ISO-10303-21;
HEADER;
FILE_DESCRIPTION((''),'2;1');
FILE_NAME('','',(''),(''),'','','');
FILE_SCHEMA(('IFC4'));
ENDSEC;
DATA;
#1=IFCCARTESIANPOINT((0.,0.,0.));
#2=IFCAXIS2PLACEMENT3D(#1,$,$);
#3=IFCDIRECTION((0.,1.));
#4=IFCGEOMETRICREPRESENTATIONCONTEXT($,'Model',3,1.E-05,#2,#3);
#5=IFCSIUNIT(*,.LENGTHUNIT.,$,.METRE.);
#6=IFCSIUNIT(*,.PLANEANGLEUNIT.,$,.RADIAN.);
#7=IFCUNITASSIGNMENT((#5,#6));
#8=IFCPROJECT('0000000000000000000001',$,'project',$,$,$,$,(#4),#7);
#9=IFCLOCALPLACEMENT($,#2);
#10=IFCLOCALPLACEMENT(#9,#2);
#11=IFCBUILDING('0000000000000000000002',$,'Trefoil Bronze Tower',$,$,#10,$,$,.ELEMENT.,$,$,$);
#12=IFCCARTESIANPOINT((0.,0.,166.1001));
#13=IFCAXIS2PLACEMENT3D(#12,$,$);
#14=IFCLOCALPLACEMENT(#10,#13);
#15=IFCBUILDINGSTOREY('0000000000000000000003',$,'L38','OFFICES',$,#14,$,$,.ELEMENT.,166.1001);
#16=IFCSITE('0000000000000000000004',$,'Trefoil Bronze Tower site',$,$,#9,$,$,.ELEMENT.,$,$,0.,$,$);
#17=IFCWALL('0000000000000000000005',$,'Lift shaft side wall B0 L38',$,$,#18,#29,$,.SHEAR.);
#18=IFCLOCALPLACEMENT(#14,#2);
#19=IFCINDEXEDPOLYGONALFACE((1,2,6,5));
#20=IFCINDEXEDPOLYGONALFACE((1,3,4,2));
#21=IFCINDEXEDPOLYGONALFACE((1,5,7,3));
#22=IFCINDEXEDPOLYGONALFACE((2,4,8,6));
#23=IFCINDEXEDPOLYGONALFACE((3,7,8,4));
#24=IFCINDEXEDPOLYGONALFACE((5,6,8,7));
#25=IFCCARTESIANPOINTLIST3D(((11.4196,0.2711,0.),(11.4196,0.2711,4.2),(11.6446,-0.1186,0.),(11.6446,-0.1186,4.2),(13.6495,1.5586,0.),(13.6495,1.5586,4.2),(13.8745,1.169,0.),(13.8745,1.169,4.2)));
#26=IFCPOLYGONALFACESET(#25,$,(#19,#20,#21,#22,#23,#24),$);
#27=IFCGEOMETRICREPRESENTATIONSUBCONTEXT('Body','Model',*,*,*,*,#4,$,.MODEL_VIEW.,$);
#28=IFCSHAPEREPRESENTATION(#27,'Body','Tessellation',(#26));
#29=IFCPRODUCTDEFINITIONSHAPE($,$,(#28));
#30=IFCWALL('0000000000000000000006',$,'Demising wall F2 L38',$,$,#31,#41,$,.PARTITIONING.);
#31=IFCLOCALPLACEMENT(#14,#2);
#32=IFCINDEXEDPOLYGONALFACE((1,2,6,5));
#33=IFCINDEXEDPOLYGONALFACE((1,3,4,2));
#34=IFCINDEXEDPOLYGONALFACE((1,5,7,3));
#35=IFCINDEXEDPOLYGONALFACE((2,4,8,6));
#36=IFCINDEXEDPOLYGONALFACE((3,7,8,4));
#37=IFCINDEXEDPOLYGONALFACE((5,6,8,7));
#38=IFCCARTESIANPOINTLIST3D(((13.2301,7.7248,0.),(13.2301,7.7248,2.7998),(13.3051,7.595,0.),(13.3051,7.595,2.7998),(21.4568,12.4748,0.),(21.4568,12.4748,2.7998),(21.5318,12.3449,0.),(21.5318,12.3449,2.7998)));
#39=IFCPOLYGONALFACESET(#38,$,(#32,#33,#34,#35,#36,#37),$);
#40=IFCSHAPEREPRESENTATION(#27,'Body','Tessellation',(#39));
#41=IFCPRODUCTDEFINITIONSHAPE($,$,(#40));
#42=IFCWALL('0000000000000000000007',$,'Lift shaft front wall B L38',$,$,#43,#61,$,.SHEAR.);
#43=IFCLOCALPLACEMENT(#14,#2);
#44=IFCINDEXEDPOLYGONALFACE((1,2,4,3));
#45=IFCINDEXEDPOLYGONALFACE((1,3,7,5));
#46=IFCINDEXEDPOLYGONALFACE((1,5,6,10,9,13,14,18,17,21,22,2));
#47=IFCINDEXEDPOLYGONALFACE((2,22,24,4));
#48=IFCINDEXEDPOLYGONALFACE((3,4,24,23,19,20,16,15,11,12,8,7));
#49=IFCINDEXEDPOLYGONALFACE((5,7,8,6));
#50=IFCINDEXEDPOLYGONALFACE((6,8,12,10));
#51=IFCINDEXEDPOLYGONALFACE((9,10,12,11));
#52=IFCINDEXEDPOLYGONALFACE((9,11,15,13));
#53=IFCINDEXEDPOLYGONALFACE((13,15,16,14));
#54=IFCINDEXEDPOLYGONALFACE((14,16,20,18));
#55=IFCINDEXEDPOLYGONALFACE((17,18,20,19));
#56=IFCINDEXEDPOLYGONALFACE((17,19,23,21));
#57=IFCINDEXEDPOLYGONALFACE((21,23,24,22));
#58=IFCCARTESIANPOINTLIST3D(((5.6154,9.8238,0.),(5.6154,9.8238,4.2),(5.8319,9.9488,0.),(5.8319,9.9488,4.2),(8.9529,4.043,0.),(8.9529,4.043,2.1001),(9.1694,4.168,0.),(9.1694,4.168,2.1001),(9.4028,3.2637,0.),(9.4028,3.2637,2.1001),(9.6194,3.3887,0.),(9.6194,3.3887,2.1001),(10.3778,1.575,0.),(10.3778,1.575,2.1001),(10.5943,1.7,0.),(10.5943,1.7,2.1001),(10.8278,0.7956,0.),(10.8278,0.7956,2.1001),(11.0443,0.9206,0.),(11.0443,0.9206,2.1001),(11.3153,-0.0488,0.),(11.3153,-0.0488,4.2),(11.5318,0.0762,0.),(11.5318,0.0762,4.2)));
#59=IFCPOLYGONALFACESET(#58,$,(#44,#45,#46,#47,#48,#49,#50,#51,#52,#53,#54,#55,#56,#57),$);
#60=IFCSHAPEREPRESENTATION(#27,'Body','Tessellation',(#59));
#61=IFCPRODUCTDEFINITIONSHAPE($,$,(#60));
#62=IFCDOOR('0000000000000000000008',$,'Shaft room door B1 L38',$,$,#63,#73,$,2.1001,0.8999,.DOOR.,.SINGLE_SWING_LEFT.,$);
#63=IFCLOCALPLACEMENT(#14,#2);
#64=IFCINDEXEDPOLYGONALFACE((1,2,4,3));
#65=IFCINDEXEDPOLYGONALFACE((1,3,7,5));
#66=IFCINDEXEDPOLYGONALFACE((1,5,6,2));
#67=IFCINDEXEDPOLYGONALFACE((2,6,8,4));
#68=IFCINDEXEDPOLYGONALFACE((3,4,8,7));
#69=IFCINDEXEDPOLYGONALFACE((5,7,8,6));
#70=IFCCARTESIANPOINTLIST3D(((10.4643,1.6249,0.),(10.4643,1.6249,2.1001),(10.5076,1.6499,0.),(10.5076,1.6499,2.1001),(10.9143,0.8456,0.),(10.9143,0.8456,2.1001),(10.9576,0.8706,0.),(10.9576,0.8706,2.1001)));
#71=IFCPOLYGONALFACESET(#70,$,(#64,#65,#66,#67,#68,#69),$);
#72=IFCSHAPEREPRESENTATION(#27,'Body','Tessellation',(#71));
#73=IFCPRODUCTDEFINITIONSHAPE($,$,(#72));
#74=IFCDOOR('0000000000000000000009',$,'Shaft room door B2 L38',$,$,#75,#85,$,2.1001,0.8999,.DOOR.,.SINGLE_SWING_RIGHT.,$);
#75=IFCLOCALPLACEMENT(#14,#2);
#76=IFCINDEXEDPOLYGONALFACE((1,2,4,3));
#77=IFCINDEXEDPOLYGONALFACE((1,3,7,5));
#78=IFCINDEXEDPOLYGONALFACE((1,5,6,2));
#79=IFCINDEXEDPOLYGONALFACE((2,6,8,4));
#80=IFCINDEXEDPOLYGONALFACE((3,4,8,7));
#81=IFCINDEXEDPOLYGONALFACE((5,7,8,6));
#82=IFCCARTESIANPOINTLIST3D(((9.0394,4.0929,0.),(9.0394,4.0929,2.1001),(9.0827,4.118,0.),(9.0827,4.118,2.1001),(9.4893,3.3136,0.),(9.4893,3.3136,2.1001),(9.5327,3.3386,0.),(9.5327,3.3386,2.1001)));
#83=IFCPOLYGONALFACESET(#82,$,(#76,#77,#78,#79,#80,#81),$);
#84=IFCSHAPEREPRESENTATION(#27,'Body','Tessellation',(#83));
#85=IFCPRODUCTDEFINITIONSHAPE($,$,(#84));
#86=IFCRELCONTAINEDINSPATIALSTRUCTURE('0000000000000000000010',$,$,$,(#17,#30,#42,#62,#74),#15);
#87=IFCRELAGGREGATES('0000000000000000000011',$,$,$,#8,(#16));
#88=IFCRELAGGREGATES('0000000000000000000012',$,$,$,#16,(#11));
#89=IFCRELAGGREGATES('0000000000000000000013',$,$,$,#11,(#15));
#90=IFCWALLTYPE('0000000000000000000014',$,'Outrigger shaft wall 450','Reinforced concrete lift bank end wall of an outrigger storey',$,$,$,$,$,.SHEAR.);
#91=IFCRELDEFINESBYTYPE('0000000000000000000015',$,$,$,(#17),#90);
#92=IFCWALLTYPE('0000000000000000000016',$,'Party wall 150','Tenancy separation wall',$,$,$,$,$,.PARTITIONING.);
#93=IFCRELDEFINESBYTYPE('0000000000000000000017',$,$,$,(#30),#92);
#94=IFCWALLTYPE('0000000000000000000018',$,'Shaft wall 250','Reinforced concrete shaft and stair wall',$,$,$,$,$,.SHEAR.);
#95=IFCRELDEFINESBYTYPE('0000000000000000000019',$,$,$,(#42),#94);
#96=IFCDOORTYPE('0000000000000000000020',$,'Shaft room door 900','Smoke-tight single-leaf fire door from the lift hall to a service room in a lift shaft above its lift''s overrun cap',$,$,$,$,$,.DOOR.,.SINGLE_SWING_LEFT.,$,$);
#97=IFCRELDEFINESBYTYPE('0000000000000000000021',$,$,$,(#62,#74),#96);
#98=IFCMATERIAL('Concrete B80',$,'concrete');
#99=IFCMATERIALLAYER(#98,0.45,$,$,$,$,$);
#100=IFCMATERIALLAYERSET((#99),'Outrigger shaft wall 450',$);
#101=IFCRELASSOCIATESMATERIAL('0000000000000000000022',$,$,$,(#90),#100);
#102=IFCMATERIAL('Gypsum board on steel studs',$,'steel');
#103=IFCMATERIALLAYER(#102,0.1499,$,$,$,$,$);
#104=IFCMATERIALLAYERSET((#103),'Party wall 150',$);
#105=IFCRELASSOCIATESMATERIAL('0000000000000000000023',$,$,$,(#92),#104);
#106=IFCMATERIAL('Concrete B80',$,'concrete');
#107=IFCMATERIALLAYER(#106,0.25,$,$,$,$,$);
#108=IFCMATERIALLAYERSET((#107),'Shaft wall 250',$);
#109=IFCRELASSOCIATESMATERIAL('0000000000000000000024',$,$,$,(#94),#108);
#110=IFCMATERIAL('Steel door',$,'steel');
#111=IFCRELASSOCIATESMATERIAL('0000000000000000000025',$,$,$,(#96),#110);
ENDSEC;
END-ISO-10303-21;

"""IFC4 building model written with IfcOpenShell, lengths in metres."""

from ifc_helpers import new_model, si_unit, direction, frame, frame_2d, origin, place, context, subcontext, project, spatial, rectangle, extrude, material, layer, layer_set, type_object, element, fill, save


model = new_model("IFC4")

# Units and contexts
model_context = context("Model", 3, precision=1e-05, world=origin(), true_north=direction((0.0, 1.0)))
body_context = subcontext(model_context, "Body", "Model", "MODEL_VIEW")
ifc_project = project(units=[si_unit("LENGTHUNIT", "METRE"), si_unit("PLANEANGLEUNIT", "RADIAN")], contexts=[model_context])

# Site, building, storey
site_placement = place(None, origin())
site = spatial("IfcSite", under=ifc_project, at=site_placement, Name="Trefoil Bronze Tower site", CompositionType="ELEMENT", RefElevation=0.0)
building_placement = place(site_placement, origin())
building = spatial("IfcBuilding", under=site, at=building_placement, Name="Trefoil Bronze Tower", CompositionType="ELEMENT")
storey_placement = place(building_placement, frame((0.0, 0.0, 166.1001)))
storey = spatial("IfcBuildingStorey", under=building, at=storey_placement, Name="L38", Description="OFFICES", CompositionType="ELEMENT", Elevation=166.1001)

# Walls
ifc_material_1 = material(Name="Concrete B80", Category="concrete")
ifc_layer_1 = layer(ifc_material_1, 0.45)
ifc_layer_set_1 = layer_set([ifc_layer_1], Name="Outrigger shaft wall 450")
wall_type_1 = type_object("IfcWallType", Name="Outrigger shaft wall 450", Description="Reinforced concrete lift bank end wall of an outrigger storey", PredefinedType="SHEAR", material=ifc_layer_set_1)
wall_1_placement = place(storey_placement, frame((11.532, 0.0762, 0.0), z_axis=(0.0, 0.0, 1.0), x_axis=(0.866006, 0.500034, 0.0)))
element("IfcWall", 1, at=wall_1_placement, inside=storey, type_object=wall_type_1, Name="Lift shaft side wall B0 L38", PredefinedType="SHEAR", context=body_context, shape_type="SweptSolid", body=[
    extrude(rectangle(XDim=2.575, YDim=0.45, at=frame_2d((1.2876, 0.0))), origin(), (0.0, 0.0, 1.0), 4.2),
])
ifc_material_2 = material(Name="Gypsum board on steel studs", Category="steel")
ifc_layer_2 = layer(ifc_material_2, 0.1499)
ifc_layer_set_2 = layer_set([ifc_layer_2], Name="Party wall 150")
wall_type_2 = type_object("IfcWallType", Name="Party wall 150", Description="Tenancy separation wall", PredefinedType="PARTITIONING", material=ifc_layer_set_2)
wall_2_placement = place(storey_placement, frame((13.2676, 7.6599, 0.0), z_axis=(0.0, 0.0, 1.0), x_axis=(0.866014, 0.50002, 0.0)))
element("IfcWall", 2, at=wall_2_placement, inside=storey, type_object=wall_type_2, Name="Demising wall F2 L38", PredefinedType="PARTITIONING", context=body_context, shape_type="SweptSolid", body=[
    extrude(rectangle(XDim=9.4995, YDim=0.1499, at=frame_2d((4.7498, 0.0))), origin(), (0.0, 0.0, 1.0), 2.7998),
])

# Wall, openings, doors
ifc_material_3 = material(Name="Concrete B80", Category="concrete")
ifc_layer_3 = layer(ifc_material_3, 0.25)
ifc_layer_set_3 = layer_set([ifc_layer_3], Name="Shaft wall 250")
wall_type_3 = type_object("IfcWallType", Name="Shaft wall 250", Description="Reinforced concrete shaft and stair wall", PredefinedType="SHEAR", material=ifc_layer_set_3)
wall_3_placement = place(storey_placement, frame((11.4236, 0.0137, 0.0), z_axis=(0.0, 0.0, 1.0), x_axis=(-0.500002, 0.866024, 0.0)))
wall_3 = element("IfcWall", 3, at=wall_3_placement, inside=storey, type_object=wall_type_3, Name="Lift shaft front wall B L38", PredefinedType="SHEAR", context=body_context, shape_type="SweptSolid", body=[
    extrude(rectangle(XDim=11.3999, YDim=0.25, at=frame_2d((5.7, 0.0))), origin(), (0.0, 0.0, 1.0), 4.2),
])
opening_1_placement = place(wall_3_placement, frame((0.9751, 0.0, 0.0)))
opening_1 = element("IfcOpeningElement", 4, at=opening_1_placement, cuts=wall_3, PredefinedType="OPENING", context=body_context, shape_type="SweptSolid", body=[
    extrude(rectangle(XDim=0.8999, YDim=2.1001, at=frame_2d((0.45, 1.05))), frame((0.0, 0.135, 0.0), z_axis=(0.0, -1.0, 0.0), x_axis=(1.0, 0.0, 0.0)), (0.0, 0.0, 1.0), 0.27),
])
opening_2_placement = place(wall_3_placement, frame((3.825, 0.0, 0.0)))
opening_2 = element("IfcOpeningElement", 5, at=opening_2_placement, cuts=wall_3, PredefinedType="OPENING", context=body_context, shape_type="SweptSolid", body=[
    extrude(rectangle(XDim=0.8999, YDim=2.1001, at=frame_2d((0.45, 1.05))), frame((0.0, 0.135, 0.0), z_axis=(0.0, -1.0, 0.0), x_axis=(1.0, 0.0, 0.0)), (0.0, 0.0, 1.0), 0.27),
])
ifc_material_4 = material(Name="Steel door", Category="steel")
door_type_1 = type_object("IfcDoorType", Name="Shaft room door 900", Description="Smoke-tight single-leaf fire door from the lift hall to a service room in a lift shaft above its lift's overrun cap", OperationType="SINGLE_SWING_LEFT", PredefinedType="DOOR", material=ifc_material_4)
door_1_placement = place(opening_1_placement, frame((0.8999, 0.0, 0.0), z_axis=(0.0, 0.0, 1.0), x_axis=(-1.0, 0.0, 0.0)))
door_1 = element("IfcDoor", 6, at=door_1_placement, inside=storey, type_object=door_type_1, Name="Shaft room door B1 L38", OperationType="SINGLE_SWING_LEFT", OverallHeight=2.1001, OverallWidth=0.8999, PredefinedType="DOOR", context=body_context, shape_type="SweptSolid", body=[
    extrude(rectangle(XDim=0.8999, YDim=2.1001, at=frame_2d((0.45, 1.05))), frame((0.0, 0.0249, 0.0), z_axis=(0.0, -1.0, 0.0), x_axis=(1.0, 0.0, 0.0)), (0.0, 0.0, 1.0), 0.05),
])
fill(opening_1, door_1)
door_2_placement = place(opening_2_placement, frame((0.8999, 0.0, 0.0), z_axis=(0.0, 0.0, 1.0), x_axis=(-1.0, 0.0, 0.0)))
door_2 = element("IfcDoor", 7, at=door_2_placement, inside=storey, type_object=door_type_1, Name="Shaft room door B2 L38", OperationType="SINGLE_SWING_RIGHT", OverallHeight=2.1001, OverallWidth=0.8999, PredefinedType="DOOR", context=body_context, shape_type="SweptSolid", body=[
    extrude(rectangle(XDim=0.8999, YDim=2.1001, at=frame_2d((0.45, 1.05))), frame((0.0, 0.0249, 0.0), z_axis=(0.0, -1.0, 0.0), x_axis=(1.0, 0.0, 0.0)), (0.0, 0.0, 1.0), 0.05),
])
fill(opening_2, door_2)

save(model, "model.ifc")
